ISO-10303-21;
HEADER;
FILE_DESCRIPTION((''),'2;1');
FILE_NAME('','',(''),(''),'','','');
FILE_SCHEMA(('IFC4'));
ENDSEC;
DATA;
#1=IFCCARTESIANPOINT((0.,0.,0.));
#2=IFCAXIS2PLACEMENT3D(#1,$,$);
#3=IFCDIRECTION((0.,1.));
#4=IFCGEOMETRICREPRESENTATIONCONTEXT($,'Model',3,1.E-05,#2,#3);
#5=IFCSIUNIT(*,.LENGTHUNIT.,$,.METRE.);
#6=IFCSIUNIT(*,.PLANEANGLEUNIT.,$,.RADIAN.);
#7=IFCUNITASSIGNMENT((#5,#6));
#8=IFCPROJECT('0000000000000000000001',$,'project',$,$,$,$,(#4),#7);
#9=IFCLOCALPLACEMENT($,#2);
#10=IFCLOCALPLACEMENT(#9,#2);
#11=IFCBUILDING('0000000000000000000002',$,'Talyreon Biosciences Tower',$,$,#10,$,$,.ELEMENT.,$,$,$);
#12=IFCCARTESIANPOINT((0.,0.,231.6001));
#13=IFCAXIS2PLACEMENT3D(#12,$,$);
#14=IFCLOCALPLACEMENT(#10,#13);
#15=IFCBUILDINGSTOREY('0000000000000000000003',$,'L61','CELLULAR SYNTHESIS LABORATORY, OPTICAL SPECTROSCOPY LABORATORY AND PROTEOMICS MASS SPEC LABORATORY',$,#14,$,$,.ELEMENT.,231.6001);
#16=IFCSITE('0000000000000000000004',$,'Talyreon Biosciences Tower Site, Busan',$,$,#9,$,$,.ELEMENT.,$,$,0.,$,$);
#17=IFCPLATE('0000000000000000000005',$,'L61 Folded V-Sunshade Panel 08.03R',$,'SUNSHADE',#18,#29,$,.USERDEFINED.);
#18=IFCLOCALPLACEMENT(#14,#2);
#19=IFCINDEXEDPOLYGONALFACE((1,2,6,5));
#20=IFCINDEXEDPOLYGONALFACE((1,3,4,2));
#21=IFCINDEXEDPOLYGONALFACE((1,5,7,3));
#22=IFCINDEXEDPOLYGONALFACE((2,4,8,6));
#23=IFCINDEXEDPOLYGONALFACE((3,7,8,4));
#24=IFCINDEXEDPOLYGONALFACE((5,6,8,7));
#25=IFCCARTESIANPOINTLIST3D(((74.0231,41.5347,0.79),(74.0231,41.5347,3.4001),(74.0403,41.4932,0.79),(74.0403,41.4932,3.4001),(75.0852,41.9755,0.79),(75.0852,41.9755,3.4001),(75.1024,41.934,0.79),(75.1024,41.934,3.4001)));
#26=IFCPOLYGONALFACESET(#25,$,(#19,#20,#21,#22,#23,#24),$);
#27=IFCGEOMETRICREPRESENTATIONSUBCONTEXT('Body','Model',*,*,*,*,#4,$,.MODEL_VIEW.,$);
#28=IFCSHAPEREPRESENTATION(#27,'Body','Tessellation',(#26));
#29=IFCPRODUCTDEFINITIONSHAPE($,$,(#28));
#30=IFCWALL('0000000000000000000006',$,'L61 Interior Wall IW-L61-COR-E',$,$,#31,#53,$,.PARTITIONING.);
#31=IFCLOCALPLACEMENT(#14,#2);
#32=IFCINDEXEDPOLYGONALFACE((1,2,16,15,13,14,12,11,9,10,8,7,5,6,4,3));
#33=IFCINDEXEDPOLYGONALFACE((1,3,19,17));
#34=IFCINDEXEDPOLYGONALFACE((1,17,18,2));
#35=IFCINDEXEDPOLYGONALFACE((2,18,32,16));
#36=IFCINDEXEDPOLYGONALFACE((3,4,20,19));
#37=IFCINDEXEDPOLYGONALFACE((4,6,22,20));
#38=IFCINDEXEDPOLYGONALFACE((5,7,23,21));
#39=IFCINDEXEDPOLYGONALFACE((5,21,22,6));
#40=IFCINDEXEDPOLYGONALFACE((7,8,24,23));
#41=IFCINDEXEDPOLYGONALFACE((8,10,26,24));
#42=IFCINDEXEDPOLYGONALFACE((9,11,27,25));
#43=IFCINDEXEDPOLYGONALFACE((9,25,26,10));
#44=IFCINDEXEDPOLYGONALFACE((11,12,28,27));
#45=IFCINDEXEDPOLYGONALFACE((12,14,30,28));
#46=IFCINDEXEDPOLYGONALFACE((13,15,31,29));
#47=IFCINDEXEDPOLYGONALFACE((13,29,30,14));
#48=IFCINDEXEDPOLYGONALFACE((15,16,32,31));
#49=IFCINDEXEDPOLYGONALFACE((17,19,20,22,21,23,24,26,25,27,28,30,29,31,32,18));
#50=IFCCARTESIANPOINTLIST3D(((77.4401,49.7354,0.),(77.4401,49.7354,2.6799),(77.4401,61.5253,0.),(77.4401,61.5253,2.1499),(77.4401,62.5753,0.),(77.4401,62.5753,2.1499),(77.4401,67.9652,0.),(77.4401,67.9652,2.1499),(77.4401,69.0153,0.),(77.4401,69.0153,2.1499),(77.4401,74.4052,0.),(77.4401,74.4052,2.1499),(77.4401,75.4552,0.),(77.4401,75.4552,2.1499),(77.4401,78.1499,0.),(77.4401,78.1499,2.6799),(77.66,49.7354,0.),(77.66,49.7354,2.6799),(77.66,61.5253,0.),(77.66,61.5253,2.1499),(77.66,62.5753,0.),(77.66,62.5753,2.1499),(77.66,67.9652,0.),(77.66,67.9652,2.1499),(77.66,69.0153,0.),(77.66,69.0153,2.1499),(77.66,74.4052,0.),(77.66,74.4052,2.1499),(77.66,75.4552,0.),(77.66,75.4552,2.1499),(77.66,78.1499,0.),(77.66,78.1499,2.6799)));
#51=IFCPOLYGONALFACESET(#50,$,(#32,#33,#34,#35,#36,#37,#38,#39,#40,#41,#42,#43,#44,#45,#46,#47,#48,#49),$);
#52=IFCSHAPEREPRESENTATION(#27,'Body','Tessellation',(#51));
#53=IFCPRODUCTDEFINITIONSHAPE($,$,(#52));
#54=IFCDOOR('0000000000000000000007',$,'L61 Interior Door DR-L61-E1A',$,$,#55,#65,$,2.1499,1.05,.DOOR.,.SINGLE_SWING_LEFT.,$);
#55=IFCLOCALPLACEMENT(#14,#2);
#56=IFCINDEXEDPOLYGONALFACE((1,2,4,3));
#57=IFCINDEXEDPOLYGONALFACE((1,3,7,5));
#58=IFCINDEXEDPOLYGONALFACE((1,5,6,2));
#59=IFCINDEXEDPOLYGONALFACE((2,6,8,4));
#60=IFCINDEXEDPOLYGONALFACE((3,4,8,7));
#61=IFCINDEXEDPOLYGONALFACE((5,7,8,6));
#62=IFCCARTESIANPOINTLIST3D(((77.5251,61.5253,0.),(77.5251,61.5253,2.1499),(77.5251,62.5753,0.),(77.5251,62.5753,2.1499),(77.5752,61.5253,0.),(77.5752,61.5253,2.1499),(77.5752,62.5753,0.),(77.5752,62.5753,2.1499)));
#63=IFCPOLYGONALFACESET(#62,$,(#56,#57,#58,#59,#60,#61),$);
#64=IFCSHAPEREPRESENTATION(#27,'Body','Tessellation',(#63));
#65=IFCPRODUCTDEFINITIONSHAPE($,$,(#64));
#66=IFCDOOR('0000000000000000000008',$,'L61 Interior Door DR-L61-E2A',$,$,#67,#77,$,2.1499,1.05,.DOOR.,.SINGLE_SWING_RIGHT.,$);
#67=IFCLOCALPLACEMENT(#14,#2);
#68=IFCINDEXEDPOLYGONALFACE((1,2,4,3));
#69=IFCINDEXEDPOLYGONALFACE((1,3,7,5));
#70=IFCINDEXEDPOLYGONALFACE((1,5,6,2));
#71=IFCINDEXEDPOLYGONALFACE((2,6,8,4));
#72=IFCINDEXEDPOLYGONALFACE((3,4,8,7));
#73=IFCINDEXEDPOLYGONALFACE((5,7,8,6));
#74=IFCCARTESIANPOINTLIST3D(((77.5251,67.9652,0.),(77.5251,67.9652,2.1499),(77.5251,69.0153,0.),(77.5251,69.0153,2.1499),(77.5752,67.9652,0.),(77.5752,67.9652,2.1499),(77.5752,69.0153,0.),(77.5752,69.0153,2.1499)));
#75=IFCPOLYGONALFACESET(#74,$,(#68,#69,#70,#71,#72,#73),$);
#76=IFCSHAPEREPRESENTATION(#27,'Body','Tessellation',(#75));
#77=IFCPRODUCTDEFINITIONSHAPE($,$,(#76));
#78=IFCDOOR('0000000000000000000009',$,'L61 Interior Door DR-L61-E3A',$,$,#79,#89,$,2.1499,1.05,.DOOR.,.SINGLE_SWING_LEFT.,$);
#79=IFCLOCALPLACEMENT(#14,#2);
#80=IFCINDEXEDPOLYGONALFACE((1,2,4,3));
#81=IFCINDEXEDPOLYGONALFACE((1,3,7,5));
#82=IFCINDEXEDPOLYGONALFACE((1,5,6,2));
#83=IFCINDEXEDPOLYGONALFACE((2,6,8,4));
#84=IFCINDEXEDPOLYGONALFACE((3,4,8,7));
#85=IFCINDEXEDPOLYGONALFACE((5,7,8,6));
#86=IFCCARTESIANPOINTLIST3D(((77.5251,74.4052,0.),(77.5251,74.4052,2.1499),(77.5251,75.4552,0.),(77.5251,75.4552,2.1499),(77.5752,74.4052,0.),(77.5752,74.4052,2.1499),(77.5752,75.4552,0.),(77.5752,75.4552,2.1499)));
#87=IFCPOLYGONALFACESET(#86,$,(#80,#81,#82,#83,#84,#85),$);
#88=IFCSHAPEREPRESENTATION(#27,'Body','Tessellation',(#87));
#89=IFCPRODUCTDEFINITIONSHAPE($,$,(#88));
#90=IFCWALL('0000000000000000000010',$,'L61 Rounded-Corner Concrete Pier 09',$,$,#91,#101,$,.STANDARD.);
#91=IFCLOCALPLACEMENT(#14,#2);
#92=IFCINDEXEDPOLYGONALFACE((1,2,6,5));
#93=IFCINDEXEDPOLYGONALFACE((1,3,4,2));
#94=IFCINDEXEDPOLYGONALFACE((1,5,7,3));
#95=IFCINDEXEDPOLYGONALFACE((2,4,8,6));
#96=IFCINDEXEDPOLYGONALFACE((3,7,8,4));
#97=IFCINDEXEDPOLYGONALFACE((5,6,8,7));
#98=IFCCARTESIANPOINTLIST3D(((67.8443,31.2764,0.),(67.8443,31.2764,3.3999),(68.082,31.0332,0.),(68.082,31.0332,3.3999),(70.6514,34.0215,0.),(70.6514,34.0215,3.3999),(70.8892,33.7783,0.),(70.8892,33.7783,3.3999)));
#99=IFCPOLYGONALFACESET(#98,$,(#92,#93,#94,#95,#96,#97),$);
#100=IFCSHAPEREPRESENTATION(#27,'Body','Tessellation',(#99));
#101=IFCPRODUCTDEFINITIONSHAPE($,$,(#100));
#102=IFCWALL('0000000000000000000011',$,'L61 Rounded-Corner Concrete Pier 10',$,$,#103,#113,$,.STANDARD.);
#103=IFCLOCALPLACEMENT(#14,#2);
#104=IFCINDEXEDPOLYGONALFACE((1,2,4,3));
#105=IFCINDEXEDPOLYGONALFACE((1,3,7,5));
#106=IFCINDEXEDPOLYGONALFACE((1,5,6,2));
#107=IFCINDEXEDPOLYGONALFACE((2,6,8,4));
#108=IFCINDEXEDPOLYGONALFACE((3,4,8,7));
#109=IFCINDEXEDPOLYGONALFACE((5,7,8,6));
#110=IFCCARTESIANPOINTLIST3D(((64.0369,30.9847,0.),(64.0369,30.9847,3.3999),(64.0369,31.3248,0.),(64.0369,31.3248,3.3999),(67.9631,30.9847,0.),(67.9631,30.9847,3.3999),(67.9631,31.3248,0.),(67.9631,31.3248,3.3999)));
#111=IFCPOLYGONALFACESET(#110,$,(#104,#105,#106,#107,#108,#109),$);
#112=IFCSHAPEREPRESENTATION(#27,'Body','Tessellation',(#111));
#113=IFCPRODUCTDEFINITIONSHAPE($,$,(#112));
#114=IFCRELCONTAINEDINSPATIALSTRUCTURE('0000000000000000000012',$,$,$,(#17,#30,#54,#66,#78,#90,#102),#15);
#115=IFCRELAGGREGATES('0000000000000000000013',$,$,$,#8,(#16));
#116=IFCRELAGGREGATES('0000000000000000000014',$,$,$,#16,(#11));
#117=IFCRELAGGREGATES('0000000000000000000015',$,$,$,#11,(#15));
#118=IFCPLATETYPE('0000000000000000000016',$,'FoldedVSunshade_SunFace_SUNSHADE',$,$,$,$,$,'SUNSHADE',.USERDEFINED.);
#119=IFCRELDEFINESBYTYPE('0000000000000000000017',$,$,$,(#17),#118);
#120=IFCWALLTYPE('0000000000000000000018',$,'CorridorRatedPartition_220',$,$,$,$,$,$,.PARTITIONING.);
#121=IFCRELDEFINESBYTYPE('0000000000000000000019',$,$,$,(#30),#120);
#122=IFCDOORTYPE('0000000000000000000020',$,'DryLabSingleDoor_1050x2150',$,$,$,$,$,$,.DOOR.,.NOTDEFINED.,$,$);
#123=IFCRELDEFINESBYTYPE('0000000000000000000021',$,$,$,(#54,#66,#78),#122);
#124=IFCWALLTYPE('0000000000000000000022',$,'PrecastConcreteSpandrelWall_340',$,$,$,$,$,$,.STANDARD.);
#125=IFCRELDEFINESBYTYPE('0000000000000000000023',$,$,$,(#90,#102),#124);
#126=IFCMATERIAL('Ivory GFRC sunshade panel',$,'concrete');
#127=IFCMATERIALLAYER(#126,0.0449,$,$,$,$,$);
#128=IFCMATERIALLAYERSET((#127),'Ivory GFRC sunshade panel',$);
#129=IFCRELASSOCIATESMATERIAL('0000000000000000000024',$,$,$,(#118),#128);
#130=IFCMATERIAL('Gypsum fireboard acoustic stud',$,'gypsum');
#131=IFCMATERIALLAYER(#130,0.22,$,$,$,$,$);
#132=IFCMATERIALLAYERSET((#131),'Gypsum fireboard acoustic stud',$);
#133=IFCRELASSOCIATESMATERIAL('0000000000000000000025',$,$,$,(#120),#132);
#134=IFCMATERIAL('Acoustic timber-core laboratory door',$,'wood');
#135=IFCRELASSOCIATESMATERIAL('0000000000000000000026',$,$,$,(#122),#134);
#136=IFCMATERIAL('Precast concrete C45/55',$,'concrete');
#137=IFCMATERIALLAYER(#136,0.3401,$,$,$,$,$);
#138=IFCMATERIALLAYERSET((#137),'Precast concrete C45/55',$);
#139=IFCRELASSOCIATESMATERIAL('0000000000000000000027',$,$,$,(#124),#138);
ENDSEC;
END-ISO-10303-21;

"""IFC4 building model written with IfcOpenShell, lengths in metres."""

from ifc_helpers import new_model, si_unit, direction, frame, frame_2d, origin, origin_2d, place, context, subcontext, project, spatial, rectangle, extrude, material, layer, layer_set, type_object, element, fill, save


model = new_model("IFC4")

# Units and contexts
model_context = context("Model", 3, precision=1e-05, world=origin(), true_north=direction((0.0, 1.0)))
body_context = subcontext(model_context, "Body", "Model", "MODEL_VIEW")
ifc_project = project(units=[si_unit("LENGTHUNIT", "METRE"), si_unit("PLANEANGLEUNIT", "RADIAN")], contexts=[model_context])

# Site, building, storey
site_placement = place(None, origin())
site = spatial("IfcSite", under=ifc_project, at=site_placement, Name="Talyreon Biosciences Tower Site, Busan", CompositionType="ELEMENT", RefElevation=0.0)
building_placement = place(site_placement, origin())
building = spatial("IfcBuilding", under=site, at=building_placement, Name="Talyreon Biosciences Tower", CompositionType="ELEMENT")
storey_placement = place(building_placement, frame((0.0, 0.0, 231.6001)))
storey = spatial("IfcBuildingStorey", under=building, at=storey_placement, Name="L61", Description="CELLULAR SYNTHESIS LABORATORY, OPTICAL SPECTROSCOPY LABORATORY AND PROTEOMICS MASS SPEC LABORATORY", CompositionType="ELEMENT", Elevation=231.6001)

# Shared definitions
ifc_material_1 = material(Name="Precast concrete C45/55", Category="concrete")

# Plate
ifc_material_2 = material(Name="Ivory GFRC sunshade panel", Category="concrete")
ifc_layer_1 = layer(ifc_material_2, 0.0449)
ifc_layer_set_1 = layer_set([ifc_layer_1], Name="Ivory GFRC sunshade panel")
plate_type_1 = type_object("IfcPlateType", Name="FoldedVSunshade_SunFace_SUNSHADE", ElementType="SUNSHADE", PredefinedType="USERDEFINED", material=ifc_layer_set_1)
for number, where, z_axis, x_axis, name in (
    (1, (74.5627, 41.7344, 0.79), (0.0, 0.0, 1.0), (-0.923612, -0.383328, 0.0), "L61 Folded V-Sunshade Panel 08.03R"),
):
    element("IfcPlate", number, at=place(storey_placement, frame(where, z_axis=z_axis, x_axis=x_axis)), inside=storey, type_object=plate_type_1, Name=name, ObjectType="SUNSHADE", PredefinedType="USERDEFINED", context=body_context, shape_type="SweptSolid", body=[
        extrude(rectangle(XDim=1.1499, YDim=0.0449, at=origin_2d()), origin(), (0.0, 0.0, 1.0), 2.6101),
    ])

# Wall, openings, doors
ifc_material_3 = material(Name="Gypsum fireboard acoustic stud", Category="gypsum")
ifc_layer_2 = layer(ifc_material_3, 0.22)
ifc_layer_set_2 = layer_set([ifc_layer_2], Name="Gypsum fireboard acoustic stud")
wall_type_1 = type_object("IfcWallType", Name="CorridorRatedPartition_220", PredefinedType="PARTITIONING", material=ifc_layer_set_2)
wall_placement = place(storey_placement, frame((77.55, 49.7354, 0.0), z_axis=(0.0, 0.0, 1.0), x_axis=(0.0, 1.0, 0.0)))
wall = element("IfcWall", 2, at=wall_placement, inside=storey, type_object=wall_type_1, Name="L61 Interior Wall IW-L61-COR-E", PredefinedType="PARTITIONING", context=body_context, shape_type="SweptSolid", body=[
    extrude(rectangle(XDim=28.4146, YDim=0.22, at=frame_2d((14.2073, 0.0))), origin(), (0.0, 0.0, 1.0), 2.6799),
])
opening_1_placement = place(wall_placement, frame((11.79, 0.0, 0.0)))
opening_1 = element("IfcOpeningElement", 3, at=opening_1_placement, cuts=wall, PredefinedType="OPENING", context=body_context, shape_type="SweptSolid", body=[
    extrude(rectangle(XDim=1.05, YDim=2.1499, at=frame_2d((0.5249, 1.075))), frame((0.0, 0.1199, 0.0), z_axis=(0.0, -1.0, 0.0), x_axis=(1.0, 0.0, 0.0)), (0.0, 0.0, 1.0), 0.24),
])
opening_2_placement = place(wall_placement, frame((18.23, 0.0, 0.0)))
opening_2 = element("IfcOpeningElement", 4, at=opening_2_placement, cuts=wall, PredefinedType="OPENING", context=body_context, shape_type="SweptSolid", body=[
    extrude(rectangle(XDim=1.05, YDim=2.1499, at=frame_2d((0.5249, 1.075))), frame((0.0, 0.1199, 0.0), z_axis=(0.0, -1.0, 0.0), x_axis=(1.0, 0.0, 0.0)), (0.0, 0.0, 1.0), 0.24),
])
opening_3_placement = place(wall_placement, frame((24.6699, 0.0, 0.0)))
opening_3 = element("IfcOpeningElement", 5, at=opening_3_placement, cuts=wall, PredefinedType="OPENING", context=body_context, shape_type="SweptSolid", body=[
    extrude(rectangle(XDim=1.05, YDim=2.1499, at=frame_2d((0.5249, 1.075))), frame((0.0, 0.1199, 0.0), z_axis=(0.0, -1.0, 0.0), x_axis=(1.0, 0.0, 0.0)), (0.0, 0.0, 1.0), 0.24),
])
ifc_material_4 = material(Name="Acoustic timber-core laboratory door", Category="wood")
door_type = type_object("IfcDoorType", Name="DryLabSingleDoor_1050x2150", OperationType="NOTDEFINED", PredefinedType="DOOR", material=ifc_material_4)
door_1_placement = place(opening_1_placement, origin())
door_1 = element("IfcDoor", 6, at=door_1_placement, inside=storey, type_object=door_type, Name="L61 Interior Door DR-L61-E1A", OperationType="SINGLE_SWING_LEFT", OverallHeight=2.1499, OverallWidth=1.05, PredefinedType="DOOR", context=body_context, shape_type="SweptSolid", body=[
    extrude(rectangle(XDim=1.05, YDim=2.1499, at=frame_2d((0.5249, 1.075))), frame((0.0, 0.0249, 0.0), z_axis=(0.0, -1.0, 0.0), x_axis=(1.0, 0.0, 0.0)), (0.0, 0.0, 1.0), 0.05),
])
fill(opening_1, door_1)
door_2_placement = place(opening_2_placement, origin())
door_2 = element("IfcDoor", 7, at=door_2_placement, inside=storey, type_object=door_type, Name="L61 Interior Door DR-L61-E2A", OperationType="SINGLE_SWING_RIGHT", OverallHeight=2.1499, OverallWidth=1.05, PredefinedType="DOOR", context=body_context, shape_type="SweptSolid", body=[
    extrude(rectangle(XDim=1.05, YDim=2.1499, at=frame_2d((0.5249, 1.075))), frame((0.0, 0.0249, 0.0), z_axis=(0.0, -1.0, 0.0), x_axis=(1.0, 0.0, 0.0)), (0.0, 0.0, 1.0), 0.05),
])
fill(opening_2, door_2)
door_3_placement = place(opening_3_placement, origin())
door_3 = element("IfcDoor", 8, at=door_3_placement, inside=storey, type_object=door_type, Name="L61 Interior Door DR-L61-E3A", OperationType="SINGLE_SWING_LEFT", OverallHeight=2.1499, OverallWidth=1.05, PredefinedType="DOOR", context=body_context, shape_type="SweptSolid", body=[
    extrude(rectangle(XDim=1.05, YDim=2.1499, at=frame_2d((0.5249, 1.075))), frame((0.0, 0.0249, 0.0), z_axis=(0.0, -1.0, 0.0), x_axis=(1.0, 0.0, 0.0)), (0.0, 0.0, 1.0), 0.05),
])
fill(opening_3, door_3)

# Walls
ifc_layer_3 = layer(ifc_material_1, 0.3401)
ifc_layer_set_3 = layer_set([ifc_layer_3], Name="Precast concrete C45/55")
wall_type_2 = type_object("IfcWallType", Name="PrecastConcreteSpandrelWall_340", PredefinedType="STANDARD", material=ifc_layer_set_3)
for number, where, z_axis, x_axis, name in (
    (9, (70.7703, 33.8999, 0.0), (0.0, 0.0, 1.0), (-0.71496, -0.699166, 0.0), "L61 Rounded-Corner Concrete Pier 09"),
    (10, (67.9631, 31.1548, 0.0), (0.0, 0.0, 1.0), (-1.0, 0.0, 0.0), "L61 Rounded-Corner Concrete Pier 10"),
):
    element("IfcWall", number, at=place(storey_placement, frame(where, z_axis=z_axis, x_axis=x_axis)), inside=storey, type_object=wall_type_2, Name=name, PredefinedType="STANDARD", context=body_context, shape_type="SweptSolid", body=[
        extrude(rectangle(XDim=3.9263, YDim=0.3401, at=frame_2d((1.9631, 0.0))), origin(), (0.0, 0.0, 1.0), 3.3999),
    ])

save(model, "model.ifc")
